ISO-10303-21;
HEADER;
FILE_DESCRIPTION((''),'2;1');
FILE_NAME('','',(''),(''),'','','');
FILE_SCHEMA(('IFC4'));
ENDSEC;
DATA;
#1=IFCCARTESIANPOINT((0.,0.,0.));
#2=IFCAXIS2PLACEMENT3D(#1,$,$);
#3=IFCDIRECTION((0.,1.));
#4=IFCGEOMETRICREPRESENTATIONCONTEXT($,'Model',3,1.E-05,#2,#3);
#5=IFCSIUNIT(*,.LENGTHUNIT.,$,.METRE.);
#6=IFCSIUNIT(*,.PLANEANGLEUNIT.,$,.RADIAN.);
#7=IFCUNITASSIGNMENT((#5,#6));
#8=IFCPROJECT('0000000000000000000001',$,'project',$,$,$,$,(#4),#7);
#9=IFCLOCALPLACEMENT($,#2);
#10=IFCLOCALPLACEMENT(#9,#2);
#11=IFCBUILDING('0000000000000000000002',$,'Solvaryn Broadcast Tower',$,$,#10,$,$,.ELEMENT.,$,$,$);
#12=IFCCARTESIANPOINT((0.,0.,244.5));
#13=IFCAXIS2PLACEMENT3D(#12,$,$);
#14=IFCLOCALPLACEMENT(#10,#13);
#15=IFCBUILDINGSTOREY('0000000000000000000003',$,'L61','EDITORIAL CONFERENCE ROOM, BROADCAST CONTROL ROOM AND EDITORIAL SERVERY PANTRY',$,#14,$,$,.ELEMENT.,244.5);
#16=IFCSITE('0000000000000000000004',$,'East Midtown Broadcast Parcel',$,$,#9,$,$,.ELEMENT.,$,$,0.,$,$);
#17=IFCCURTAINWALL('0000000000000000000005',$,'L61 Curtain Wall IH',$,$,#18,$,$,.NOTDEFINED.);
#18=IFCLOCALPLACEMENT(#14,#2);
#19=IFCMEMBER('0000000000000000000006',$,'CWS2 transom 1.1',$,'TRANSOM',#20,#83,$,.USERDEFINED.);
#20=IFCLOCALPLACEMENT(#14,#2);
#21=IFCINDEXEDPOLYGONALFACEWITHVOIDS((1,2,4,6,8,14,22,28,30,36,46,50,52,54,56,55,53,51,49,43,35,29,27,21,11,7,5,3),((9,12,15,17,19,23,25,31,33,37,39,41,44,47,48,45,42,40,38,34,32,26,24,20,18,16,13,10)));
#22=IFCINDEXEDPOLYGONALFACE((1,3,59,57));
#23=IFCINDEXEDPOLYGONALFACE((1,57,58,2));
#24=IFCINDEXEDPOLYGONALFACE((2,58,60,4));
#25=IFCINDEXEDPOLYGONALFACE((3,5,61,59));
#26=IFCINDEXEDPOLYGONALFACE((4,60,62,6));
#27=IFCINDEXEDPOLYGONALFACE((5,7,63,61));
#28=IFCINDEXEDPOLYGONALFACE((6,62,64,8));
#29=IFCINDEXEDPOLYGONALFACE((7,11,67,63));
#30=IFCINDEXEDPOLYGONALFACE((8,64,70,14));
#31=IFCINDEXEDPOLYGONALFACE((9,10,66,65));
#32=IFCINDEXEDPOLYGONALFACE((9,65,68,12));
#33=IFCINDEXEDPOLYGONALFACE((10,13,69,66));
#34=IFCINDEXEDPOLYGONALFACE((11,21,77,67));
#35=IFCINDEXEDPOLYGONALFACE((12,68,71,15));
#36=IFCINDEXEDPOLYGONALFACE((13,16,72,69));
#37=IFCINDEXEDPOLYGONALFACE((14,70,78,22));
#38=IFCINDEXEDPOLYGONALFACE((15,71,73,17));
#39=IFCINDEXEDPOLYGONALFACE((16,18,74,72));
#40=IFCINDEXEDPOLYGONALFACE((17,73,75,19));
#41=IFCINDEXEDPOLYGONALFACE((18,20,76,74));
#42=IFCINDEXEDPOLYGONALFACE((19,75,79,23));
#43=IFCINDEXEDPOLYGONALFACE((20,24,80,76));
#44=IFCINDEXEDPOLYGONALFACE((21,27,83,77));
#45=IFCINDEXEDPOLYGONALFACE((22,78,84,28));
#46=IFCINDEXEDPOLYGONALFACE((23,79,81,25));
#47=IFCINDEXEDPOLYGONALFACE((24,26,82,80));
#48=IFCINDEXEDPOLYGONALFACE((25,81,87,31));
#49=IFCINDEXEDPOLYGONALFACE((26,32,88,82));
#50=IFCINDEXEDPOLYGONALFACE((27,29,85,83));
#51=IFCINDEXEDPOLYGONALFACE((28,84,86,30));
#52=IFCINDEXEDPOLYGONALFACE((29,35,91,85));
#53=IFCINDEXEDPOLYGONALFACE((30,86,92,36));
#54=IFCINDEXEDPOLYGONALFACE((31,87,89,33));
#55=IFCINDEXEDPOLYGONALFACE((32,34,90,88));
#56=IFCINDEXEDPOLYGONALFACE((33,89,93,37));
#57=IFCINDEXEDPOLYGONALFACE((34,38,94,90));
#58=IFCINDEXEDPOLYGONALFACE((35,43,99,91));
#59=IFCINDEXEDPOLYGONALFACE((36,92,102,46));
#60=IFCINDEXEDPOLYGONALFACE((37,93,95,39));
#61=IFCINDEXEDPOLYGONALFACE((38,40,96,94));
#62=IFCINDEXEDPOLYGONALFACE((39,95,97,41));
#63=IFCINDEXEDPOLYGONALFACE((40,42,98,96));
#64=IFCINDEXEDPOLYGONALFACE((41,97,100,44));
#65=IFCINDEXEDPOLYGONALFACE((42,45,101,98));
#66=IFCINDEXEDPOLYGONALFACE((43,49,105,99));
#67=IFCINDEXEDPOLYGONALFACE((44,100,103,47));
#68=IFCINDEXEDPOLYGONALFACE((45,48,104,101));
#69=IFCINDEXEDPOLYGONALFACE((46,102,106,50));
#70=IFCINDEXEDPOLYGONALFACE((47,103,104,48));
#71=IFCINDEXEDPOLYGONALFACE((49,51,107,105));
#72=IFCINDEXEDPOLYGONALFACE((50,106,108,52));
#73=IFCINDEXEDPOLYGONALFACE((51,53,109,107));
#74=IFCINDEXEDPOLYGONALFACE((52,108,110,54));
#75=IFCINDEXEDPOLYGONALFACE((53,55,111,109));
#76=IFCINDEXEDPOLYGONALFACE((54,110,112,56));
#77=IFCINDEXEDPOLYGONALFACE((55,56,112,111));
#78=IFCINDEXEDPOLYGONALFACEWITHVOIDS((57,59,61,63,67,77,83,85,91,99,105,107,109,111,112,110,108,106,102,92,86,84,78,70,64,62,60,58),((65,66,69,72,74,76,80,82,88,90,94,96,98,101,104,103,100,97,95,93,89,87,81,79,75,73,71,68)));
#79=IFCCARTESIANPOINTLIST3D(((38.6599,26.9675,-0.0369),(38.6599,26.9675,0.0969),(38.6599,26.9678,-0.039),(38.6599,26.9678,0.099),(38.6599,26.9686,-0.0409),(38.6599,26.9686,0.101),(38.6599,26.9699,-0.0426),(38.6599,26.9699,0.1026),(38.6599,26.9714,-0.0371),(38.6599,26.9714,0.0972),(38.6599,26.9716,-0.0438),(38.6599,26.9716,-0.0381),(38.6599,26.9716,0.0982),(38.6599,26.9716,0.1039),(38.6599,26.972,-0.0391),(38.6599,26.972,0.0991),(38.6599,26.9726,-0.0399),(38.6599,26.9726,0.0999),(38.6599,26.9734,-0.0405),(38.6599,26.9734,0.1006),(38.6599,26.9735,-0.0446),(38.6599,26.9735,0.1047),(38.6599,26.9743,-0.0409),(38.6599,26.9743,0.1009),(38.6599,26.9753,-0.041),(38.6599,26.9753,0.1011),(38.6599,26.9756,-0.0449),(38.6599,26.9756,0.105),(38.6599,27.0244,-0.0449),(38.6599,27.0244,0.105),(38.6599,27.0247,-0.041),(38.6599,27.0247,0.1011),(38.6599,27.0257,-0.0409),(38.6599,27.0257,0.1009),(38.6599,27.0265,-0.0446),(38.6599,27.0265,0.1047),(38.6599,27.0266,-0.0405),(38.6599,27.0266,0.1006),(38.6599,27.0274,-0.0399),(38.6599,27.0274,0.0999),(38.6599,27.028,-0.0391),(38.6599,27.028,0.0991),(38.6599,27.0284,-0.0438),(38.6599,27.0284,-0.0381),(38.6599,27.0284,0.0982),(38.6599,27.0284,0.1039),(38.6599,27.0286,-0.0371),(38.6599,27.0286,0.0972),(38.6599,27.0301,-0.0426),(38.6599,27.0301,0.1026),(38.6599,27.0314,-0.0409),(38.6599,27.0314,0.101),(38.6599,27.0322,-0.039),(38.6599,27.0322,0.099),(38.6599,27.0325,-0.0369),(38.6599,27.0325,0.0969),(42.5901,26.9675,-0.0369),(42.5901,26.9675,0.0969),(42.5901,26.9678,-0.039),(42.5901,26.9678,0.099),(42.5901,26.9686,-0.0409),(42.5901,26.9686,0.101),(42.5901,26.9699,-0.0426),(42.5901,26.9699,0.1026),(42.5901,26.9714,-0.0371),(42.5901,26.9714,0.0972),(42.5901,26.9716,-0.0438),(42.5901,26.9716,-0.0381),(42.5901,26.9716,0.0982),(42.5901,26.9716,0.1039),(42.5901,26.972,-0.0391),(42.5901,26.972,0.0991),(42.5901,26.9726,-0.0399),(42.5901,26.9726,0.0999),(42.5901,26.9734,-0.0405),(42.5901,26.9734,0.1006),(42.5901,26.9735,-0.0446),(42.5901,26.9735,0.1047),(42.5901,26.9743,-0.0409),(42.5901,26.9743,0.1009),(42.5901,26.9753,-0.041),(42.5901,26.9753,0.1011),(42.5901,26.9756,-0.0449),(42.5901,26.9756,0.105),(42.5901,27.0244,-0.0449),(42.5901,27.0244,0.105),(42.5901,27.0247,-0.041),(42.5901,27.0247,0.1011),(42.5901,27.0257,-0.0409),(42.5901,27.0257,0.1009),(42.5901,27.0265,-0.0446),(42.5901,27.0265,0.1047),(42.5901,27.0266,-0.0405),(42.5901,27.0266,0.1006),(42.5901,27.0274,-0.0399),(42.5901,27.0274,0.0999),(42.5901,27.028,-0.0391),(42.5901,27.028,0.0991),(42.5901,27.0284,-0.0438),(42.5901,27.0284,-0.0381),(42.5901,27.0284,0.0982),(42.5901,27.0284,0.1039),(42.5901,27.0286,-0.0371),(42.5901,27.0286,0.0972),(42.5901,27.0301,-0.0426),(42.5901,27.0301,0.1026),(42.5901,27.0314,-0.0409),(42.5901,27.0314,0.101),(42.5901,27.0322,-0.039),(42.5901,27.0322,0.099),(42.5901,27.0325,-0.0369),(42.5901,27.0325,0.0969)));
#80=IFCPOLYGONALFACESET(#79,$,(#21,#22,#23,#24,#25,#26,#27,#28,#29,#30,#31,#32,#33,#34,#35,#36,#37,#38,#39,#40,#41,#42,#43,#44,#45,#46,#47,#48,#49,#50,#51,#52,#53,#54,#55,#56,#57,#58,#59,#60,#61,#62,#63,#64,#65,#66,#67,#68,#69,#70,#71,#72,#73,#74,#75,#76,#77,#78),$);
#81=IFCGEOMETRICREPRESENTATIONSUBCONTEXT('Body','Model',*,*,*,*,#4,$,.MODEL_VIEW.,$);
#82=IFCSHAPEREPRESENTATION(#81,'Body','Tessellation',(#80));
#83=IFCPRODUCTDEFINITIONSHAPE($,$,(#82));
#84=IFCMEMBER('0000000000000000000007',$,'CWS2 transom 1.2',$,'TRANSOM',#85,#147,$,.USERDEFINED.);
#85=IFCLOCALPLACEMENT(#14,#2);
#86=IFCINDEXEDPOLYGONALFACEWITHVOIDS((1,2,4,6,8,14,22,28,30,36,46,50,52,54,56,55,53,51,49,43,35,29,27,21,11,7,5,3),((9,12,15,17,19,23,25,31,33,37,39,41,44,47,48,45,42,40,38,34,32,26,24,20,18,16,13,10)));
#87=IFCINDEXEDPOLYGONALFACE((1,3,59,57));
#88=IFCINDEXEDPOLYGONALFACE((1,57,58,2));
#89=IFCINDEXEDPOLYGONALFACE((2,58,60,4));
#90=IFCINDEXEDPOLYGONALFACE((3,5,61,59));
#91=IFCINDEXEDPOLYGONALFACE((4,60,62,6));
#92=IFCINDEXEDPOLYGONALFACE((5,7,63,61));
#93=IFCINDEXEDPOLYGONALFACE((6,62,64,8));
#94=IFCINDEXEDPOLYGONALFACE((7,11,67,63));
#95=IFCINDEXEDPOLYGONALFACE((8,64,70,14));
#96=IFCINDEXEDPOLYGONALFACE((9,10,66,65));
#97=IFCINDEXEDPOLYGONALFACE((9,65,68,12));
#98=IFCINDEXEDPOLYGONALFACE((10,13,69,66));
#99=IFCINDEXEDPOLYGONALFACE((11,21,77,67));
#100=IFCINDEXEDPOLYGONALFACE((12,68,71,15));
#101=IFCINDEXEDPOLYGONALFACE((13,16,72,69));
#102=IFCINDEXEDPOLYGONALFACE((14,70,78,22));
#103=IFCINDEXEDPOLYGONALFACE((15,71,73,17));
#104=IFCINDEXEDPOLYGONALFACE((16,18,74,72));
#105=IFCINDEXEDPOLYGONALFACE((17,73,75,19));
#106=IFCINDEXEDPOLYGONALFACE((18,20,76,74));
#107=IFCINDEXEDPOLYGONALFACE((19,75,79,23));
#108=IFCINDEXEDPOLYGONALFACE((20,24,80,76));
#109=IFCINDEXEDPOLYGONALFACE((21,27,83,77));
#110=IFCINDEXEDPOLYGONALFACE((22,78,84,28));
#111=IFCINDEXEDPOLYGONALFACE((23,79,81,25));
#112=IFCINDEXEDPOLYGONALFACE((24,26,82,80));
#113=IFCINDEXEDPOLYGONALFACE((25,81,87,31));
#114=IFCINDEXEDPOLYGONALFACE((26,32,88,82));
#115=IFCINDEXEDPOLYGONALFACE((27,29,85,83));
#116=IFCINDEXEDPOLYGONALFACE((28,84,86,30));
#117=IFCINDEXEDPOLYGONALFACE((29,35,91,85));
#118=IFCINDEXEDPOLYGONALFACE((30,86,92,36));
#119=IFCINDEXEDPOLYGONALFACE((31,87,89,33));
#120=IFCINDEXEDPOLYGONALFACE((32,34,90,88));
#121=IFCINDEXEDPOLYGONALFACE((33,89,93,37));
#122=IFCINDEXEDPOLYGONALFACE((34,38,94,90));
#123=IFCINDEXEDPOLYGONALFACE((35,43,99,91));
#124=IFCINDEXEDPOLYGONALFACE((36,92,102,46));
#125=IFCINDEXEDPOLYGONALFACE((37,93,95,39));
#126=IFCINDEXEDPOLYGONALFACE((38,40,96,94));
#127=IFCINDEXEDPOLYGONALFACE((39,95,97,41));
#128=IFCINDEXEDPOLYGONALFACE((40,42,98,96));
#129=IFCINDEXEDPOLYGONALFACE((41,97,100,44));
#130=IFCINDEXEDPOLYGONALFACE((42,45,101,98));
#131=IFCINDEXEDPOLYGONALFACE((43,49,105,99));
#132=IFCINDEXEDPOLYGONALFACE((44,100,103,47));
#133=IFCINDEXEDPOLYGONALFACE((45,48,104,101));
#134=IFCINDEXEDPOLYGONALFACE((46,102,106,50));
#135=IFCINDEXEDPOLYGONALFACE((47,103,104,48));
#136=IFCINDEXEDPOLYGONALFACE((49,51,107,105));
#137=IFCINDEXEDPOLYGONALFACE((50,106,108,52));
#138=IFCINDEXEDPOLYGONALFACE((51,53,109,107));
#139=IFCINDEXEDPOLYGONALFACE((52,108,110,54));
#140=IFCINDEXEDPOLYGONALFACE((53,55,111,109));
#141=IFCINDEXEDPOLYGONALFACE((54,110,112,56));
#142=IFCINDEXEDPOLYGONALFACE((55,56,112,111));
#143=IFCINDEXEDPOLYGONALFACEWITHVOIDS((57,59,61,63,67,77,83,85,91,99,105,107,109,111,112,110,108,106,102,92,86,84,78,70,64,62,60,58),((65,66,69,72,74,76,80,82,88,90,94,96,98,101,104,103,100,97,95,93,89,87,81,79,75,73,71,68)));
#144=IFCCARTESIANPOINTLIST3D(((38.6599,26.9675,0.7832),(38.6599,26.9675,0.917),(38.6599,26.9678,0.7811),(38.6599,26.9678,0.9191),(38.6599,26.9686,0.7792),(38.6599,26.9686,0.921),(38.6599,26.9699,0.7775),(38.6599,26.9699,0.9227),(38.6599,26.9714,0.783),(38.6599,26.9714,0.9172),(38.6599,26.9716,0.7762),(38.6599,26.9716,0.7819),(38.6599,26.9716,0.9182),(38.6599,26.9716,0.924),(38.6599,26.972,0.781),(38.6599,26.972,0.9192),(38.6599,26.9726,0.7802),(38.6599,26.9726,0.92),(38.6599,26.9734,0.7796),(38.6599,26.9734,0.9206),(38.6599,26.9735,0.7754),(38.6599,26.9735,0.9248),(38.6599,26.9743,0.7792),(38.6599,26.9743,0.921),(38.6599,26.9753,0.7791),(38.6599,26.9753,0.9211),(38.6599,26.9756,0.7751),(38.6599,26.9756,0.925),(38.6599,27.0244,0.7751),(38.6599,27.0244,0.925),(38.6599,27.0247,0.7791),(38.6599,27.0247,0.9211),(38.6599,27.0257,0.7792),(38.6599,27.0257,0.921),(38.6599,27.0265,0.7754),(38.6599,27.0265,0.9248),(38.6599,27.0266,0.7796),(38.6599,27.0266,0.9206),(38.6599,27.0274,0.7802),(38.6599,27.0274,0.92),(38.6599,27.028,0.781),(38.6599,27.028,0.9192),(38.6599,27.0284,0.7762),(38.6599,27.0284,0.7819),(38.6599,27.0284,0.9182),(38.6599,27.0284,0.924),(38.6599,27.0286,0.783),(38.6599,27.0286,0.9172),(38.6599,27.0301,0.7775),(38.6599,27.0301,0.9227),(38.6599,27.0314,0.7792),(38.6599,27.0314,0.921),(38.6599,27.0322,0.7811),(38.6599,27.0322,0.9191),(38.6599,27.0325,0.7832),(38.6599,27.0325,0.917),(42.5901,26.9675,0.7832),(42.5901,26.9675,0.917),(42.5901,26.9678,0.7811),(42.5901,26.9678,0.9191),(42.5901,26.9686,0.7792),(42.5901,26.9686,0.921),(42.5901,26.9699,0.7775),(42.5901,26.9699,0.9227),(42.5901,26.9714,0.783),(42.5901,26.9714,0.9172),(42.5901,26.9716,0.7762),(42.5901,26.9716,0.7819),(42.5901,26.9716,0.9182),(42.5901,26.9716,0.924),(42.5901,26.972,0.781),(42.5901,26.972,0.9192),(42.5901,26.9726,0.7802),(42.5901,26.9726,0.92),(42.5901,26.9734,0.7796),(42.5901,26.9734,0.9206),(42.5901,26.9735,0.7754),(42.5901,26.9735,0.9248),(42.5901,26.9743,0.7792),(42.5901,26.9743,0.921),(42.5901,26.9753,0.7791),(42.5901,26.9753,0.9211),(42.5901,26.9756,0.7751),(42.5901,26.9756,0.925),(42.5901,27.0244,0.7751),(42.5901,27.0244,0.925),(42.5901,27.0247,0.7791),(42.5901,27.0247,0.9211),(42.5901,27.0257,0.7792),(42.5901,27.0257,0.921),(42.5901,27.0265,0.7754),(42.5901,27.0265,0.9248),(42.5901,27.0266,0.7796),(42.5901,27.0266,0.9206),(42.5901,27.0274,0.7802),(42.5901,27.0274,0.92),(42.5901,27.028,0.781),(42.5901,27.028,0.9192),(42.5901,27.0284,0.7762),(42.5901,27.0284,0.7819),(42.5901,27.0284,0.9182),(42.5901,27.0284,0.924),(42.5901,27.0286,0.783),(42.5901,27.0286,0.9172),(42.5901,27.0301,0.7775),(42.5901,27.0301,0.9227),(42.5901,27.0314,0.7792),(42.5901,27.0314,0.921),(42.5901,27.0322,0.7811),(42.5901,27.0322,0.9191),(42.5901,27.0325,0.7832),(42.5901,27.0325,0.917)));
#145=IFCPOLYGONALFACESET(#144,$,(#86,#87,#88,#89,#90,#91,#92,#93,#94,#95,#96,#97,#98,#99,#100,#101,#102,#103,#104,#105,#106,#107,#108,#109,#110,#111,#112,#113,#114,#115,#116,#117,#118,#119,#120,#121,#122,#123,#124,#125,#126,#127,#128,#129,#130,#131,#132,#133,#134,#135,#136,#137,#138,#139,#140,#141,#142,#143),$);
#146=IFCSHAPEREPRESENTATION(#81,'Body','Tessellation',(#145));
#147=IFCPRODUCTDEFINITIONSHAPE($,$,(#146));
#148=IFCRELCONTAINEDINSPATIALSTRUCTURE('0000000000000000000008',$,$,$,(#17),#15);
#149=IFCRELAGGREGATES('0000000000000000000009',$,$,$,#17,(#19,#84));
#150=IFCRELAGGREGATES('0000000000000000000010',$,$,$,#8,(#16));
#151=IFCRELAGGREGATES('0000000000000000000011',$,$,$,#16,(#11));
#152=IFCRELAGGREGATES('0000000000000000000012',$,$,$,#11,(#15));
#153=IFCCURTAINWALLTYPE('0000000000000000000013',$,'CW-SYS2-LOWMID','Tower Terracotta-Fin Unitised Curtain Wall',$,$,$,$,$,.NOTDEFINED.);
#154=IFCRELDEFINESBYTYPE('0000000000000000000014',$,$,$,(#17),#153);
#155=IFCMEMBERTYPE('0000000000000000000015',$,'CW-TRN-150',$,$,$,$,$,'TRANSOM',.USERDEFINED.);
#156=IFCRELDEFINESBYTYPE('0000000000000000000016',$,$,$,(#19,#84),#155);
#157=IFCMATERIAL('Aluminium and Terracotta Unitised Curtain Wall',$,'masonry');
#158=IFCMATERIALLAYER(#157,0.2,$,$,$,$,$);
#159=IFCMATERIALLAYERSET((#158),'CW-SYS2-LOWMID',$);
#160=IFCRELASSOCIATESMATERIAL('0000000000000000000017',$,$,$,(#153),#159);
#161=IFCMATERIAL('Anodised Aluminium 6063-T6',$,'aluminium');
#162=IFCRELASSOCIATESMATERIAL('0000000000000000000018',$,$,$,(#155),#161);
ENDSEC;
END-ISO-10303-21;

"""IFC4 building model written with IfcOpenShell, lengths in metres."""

from ifc_helpers import new_model, si_unit, direction, frame, origin, origin_2d, place, context, subcontext, project, spatial, hollow_rectangle, extrude, material, layer, layer_set, material_profile, profile_set, type_object, element, aggregate, save


model = new_model("IFC4")

# Units and contexts
model_context = context("Model", 3, precision=1e-05, world=origin(), true_north=direction((0.0, 1.0)))
body_context = subcontext(model_context, "Body", "Model", "MODEL_VIEW")
ifc_project = project(units=[si_unit("LENGTHUNIT", "METRE"), si_unit("PLANEANGLEUNIT", "RADIAN")], contexts=[model_context])

# Site, building, storey
site_placement = place(None, origin())
site = spatial("IfcSite", under=ifc_project, at=site_placement, Name="East Midtown Broadcast Parcel", CompositionType="ELEMENT", RefElevation=0.0)
building_placement = place(site_placement, origin())
building = spatial("IfcBuilding", under=site, at=building_placement, Name="Solvaryn Broadcast Tower", CompositionType="ELEMENT")
storey_placement = place(building_placement, frame((0.0, 0.0, 244.5)))
storey = spatial("IfcBuildingStorey", under=building, at=storey_placement, Name="L61", Description="EDITORIAL CONFERENCE ROOM, BROADCAST CONTROL ROOM AND EDITORIAL SERVERY PANTRY", CompositionType="ELEMENT", Elevation=244.5)

# Shared definitions
ifc_material_1 = material(Name="Aluminium and Terracotta Unitised Curtain Wall", Category="masonry")
ifc_layer_1 = layer(ifc_material_1, 0.2)
ifc_layer_set_1 = layer_set([ifc_layer_1], Name="CW-SYS2-LOWMID")
curtain_wall_type = type_object("IfcCurtainWallType", Name="CW-SYS2-LOWMID", Description="Tower Terracotta-Fin Unitised Curtain Wall", PredefinedType="NOTDEFINED", material=ifc_layer_set_1)

# Curtain wall
curtain_wall_1_placement = place(storey_placement, origin())
curtain_wall_1 = element("IfcCurtainWall", 1, at=curtain_wall_1_placement, inside=storey, type_object=curtain_wall_type, Name="L61 Curtain Wall IH", PredefinedType="NOTDEFINED")

# Members
ifc_material_2 = material(Name="Anodised Aluminium 6063-T6", Category="aluminium")
ifc_material_profile_1 = material_profile(ifc_material_2, hollow_rectangle(XDim=0.0649, YDim=0.1499, WallThickness=0.0039, InnerFilletRadius=0.0039, OuterFilletRadius=0.0081, at=origin_2d()))
ifc_profile_set_1 = profile_set([ifc_material_profile_1], Name="Anodised Aluminium 6063-T6")
member_type_1 = type_object("IfcMemberType", Name="CW-TRN-150", ElementType="TRANSOM", PredefinedType="USERDEFINED", material=ifc_profile_set_1)
member_1_placement = place(storey_placement, frame((38.6599, 27.0, 0.03), z_axis=(1.0, 0.0, 0.0), x_axis=(0.0, 1.0, 0.0)))
member_1 = element("IfcMember", 2, at=member_1_placement, type_object=member_type_1, Name="CWS2 transom 1.1", ObjectType="TRANSOM", PredefinedType="USERDEFINED", context=body_context, shape_type="SweptSolid", body=[
    extrude(hollow_rectangle(XDim=0.0649, YDim=0.1499, WallThickness=0.0039, InnerFilletRadius=0.0039, OuterFilletRadius=0.0081, at=origin_2d()), origin(), (0.0, 0.0, 1.0), 3.9302),
])
member_2_placement = place(storey_placement, frame((38.6599, 27.0, 0.8501), z_axis=(1.0, 0.0, 0.0), x_axis=(0.0, 1.0, 0.0)))
member_2 = element("IfcMember", 3, at=member_2_placement, type_object=member_type_1, Name="CWS2 transom 1.2", ObjectType="TRANSOM", PredefinedType="USERDEFINED", context=body_context, shape_type="SweptSolid", body=[
    extrude(hollow_rectangle(XDim=0.0649, YDim=0.1499, WallThickness=0.0039, InnerFilletRadius=0.0039, OuterFilletRadius=0.0081, at=origin_2d()), origin(), (0.0, 0.0, 1.0), 3.9302),
])

aggregate(curtain_wall_1, [member_1, member_2])

save(model, "model.ifc")
